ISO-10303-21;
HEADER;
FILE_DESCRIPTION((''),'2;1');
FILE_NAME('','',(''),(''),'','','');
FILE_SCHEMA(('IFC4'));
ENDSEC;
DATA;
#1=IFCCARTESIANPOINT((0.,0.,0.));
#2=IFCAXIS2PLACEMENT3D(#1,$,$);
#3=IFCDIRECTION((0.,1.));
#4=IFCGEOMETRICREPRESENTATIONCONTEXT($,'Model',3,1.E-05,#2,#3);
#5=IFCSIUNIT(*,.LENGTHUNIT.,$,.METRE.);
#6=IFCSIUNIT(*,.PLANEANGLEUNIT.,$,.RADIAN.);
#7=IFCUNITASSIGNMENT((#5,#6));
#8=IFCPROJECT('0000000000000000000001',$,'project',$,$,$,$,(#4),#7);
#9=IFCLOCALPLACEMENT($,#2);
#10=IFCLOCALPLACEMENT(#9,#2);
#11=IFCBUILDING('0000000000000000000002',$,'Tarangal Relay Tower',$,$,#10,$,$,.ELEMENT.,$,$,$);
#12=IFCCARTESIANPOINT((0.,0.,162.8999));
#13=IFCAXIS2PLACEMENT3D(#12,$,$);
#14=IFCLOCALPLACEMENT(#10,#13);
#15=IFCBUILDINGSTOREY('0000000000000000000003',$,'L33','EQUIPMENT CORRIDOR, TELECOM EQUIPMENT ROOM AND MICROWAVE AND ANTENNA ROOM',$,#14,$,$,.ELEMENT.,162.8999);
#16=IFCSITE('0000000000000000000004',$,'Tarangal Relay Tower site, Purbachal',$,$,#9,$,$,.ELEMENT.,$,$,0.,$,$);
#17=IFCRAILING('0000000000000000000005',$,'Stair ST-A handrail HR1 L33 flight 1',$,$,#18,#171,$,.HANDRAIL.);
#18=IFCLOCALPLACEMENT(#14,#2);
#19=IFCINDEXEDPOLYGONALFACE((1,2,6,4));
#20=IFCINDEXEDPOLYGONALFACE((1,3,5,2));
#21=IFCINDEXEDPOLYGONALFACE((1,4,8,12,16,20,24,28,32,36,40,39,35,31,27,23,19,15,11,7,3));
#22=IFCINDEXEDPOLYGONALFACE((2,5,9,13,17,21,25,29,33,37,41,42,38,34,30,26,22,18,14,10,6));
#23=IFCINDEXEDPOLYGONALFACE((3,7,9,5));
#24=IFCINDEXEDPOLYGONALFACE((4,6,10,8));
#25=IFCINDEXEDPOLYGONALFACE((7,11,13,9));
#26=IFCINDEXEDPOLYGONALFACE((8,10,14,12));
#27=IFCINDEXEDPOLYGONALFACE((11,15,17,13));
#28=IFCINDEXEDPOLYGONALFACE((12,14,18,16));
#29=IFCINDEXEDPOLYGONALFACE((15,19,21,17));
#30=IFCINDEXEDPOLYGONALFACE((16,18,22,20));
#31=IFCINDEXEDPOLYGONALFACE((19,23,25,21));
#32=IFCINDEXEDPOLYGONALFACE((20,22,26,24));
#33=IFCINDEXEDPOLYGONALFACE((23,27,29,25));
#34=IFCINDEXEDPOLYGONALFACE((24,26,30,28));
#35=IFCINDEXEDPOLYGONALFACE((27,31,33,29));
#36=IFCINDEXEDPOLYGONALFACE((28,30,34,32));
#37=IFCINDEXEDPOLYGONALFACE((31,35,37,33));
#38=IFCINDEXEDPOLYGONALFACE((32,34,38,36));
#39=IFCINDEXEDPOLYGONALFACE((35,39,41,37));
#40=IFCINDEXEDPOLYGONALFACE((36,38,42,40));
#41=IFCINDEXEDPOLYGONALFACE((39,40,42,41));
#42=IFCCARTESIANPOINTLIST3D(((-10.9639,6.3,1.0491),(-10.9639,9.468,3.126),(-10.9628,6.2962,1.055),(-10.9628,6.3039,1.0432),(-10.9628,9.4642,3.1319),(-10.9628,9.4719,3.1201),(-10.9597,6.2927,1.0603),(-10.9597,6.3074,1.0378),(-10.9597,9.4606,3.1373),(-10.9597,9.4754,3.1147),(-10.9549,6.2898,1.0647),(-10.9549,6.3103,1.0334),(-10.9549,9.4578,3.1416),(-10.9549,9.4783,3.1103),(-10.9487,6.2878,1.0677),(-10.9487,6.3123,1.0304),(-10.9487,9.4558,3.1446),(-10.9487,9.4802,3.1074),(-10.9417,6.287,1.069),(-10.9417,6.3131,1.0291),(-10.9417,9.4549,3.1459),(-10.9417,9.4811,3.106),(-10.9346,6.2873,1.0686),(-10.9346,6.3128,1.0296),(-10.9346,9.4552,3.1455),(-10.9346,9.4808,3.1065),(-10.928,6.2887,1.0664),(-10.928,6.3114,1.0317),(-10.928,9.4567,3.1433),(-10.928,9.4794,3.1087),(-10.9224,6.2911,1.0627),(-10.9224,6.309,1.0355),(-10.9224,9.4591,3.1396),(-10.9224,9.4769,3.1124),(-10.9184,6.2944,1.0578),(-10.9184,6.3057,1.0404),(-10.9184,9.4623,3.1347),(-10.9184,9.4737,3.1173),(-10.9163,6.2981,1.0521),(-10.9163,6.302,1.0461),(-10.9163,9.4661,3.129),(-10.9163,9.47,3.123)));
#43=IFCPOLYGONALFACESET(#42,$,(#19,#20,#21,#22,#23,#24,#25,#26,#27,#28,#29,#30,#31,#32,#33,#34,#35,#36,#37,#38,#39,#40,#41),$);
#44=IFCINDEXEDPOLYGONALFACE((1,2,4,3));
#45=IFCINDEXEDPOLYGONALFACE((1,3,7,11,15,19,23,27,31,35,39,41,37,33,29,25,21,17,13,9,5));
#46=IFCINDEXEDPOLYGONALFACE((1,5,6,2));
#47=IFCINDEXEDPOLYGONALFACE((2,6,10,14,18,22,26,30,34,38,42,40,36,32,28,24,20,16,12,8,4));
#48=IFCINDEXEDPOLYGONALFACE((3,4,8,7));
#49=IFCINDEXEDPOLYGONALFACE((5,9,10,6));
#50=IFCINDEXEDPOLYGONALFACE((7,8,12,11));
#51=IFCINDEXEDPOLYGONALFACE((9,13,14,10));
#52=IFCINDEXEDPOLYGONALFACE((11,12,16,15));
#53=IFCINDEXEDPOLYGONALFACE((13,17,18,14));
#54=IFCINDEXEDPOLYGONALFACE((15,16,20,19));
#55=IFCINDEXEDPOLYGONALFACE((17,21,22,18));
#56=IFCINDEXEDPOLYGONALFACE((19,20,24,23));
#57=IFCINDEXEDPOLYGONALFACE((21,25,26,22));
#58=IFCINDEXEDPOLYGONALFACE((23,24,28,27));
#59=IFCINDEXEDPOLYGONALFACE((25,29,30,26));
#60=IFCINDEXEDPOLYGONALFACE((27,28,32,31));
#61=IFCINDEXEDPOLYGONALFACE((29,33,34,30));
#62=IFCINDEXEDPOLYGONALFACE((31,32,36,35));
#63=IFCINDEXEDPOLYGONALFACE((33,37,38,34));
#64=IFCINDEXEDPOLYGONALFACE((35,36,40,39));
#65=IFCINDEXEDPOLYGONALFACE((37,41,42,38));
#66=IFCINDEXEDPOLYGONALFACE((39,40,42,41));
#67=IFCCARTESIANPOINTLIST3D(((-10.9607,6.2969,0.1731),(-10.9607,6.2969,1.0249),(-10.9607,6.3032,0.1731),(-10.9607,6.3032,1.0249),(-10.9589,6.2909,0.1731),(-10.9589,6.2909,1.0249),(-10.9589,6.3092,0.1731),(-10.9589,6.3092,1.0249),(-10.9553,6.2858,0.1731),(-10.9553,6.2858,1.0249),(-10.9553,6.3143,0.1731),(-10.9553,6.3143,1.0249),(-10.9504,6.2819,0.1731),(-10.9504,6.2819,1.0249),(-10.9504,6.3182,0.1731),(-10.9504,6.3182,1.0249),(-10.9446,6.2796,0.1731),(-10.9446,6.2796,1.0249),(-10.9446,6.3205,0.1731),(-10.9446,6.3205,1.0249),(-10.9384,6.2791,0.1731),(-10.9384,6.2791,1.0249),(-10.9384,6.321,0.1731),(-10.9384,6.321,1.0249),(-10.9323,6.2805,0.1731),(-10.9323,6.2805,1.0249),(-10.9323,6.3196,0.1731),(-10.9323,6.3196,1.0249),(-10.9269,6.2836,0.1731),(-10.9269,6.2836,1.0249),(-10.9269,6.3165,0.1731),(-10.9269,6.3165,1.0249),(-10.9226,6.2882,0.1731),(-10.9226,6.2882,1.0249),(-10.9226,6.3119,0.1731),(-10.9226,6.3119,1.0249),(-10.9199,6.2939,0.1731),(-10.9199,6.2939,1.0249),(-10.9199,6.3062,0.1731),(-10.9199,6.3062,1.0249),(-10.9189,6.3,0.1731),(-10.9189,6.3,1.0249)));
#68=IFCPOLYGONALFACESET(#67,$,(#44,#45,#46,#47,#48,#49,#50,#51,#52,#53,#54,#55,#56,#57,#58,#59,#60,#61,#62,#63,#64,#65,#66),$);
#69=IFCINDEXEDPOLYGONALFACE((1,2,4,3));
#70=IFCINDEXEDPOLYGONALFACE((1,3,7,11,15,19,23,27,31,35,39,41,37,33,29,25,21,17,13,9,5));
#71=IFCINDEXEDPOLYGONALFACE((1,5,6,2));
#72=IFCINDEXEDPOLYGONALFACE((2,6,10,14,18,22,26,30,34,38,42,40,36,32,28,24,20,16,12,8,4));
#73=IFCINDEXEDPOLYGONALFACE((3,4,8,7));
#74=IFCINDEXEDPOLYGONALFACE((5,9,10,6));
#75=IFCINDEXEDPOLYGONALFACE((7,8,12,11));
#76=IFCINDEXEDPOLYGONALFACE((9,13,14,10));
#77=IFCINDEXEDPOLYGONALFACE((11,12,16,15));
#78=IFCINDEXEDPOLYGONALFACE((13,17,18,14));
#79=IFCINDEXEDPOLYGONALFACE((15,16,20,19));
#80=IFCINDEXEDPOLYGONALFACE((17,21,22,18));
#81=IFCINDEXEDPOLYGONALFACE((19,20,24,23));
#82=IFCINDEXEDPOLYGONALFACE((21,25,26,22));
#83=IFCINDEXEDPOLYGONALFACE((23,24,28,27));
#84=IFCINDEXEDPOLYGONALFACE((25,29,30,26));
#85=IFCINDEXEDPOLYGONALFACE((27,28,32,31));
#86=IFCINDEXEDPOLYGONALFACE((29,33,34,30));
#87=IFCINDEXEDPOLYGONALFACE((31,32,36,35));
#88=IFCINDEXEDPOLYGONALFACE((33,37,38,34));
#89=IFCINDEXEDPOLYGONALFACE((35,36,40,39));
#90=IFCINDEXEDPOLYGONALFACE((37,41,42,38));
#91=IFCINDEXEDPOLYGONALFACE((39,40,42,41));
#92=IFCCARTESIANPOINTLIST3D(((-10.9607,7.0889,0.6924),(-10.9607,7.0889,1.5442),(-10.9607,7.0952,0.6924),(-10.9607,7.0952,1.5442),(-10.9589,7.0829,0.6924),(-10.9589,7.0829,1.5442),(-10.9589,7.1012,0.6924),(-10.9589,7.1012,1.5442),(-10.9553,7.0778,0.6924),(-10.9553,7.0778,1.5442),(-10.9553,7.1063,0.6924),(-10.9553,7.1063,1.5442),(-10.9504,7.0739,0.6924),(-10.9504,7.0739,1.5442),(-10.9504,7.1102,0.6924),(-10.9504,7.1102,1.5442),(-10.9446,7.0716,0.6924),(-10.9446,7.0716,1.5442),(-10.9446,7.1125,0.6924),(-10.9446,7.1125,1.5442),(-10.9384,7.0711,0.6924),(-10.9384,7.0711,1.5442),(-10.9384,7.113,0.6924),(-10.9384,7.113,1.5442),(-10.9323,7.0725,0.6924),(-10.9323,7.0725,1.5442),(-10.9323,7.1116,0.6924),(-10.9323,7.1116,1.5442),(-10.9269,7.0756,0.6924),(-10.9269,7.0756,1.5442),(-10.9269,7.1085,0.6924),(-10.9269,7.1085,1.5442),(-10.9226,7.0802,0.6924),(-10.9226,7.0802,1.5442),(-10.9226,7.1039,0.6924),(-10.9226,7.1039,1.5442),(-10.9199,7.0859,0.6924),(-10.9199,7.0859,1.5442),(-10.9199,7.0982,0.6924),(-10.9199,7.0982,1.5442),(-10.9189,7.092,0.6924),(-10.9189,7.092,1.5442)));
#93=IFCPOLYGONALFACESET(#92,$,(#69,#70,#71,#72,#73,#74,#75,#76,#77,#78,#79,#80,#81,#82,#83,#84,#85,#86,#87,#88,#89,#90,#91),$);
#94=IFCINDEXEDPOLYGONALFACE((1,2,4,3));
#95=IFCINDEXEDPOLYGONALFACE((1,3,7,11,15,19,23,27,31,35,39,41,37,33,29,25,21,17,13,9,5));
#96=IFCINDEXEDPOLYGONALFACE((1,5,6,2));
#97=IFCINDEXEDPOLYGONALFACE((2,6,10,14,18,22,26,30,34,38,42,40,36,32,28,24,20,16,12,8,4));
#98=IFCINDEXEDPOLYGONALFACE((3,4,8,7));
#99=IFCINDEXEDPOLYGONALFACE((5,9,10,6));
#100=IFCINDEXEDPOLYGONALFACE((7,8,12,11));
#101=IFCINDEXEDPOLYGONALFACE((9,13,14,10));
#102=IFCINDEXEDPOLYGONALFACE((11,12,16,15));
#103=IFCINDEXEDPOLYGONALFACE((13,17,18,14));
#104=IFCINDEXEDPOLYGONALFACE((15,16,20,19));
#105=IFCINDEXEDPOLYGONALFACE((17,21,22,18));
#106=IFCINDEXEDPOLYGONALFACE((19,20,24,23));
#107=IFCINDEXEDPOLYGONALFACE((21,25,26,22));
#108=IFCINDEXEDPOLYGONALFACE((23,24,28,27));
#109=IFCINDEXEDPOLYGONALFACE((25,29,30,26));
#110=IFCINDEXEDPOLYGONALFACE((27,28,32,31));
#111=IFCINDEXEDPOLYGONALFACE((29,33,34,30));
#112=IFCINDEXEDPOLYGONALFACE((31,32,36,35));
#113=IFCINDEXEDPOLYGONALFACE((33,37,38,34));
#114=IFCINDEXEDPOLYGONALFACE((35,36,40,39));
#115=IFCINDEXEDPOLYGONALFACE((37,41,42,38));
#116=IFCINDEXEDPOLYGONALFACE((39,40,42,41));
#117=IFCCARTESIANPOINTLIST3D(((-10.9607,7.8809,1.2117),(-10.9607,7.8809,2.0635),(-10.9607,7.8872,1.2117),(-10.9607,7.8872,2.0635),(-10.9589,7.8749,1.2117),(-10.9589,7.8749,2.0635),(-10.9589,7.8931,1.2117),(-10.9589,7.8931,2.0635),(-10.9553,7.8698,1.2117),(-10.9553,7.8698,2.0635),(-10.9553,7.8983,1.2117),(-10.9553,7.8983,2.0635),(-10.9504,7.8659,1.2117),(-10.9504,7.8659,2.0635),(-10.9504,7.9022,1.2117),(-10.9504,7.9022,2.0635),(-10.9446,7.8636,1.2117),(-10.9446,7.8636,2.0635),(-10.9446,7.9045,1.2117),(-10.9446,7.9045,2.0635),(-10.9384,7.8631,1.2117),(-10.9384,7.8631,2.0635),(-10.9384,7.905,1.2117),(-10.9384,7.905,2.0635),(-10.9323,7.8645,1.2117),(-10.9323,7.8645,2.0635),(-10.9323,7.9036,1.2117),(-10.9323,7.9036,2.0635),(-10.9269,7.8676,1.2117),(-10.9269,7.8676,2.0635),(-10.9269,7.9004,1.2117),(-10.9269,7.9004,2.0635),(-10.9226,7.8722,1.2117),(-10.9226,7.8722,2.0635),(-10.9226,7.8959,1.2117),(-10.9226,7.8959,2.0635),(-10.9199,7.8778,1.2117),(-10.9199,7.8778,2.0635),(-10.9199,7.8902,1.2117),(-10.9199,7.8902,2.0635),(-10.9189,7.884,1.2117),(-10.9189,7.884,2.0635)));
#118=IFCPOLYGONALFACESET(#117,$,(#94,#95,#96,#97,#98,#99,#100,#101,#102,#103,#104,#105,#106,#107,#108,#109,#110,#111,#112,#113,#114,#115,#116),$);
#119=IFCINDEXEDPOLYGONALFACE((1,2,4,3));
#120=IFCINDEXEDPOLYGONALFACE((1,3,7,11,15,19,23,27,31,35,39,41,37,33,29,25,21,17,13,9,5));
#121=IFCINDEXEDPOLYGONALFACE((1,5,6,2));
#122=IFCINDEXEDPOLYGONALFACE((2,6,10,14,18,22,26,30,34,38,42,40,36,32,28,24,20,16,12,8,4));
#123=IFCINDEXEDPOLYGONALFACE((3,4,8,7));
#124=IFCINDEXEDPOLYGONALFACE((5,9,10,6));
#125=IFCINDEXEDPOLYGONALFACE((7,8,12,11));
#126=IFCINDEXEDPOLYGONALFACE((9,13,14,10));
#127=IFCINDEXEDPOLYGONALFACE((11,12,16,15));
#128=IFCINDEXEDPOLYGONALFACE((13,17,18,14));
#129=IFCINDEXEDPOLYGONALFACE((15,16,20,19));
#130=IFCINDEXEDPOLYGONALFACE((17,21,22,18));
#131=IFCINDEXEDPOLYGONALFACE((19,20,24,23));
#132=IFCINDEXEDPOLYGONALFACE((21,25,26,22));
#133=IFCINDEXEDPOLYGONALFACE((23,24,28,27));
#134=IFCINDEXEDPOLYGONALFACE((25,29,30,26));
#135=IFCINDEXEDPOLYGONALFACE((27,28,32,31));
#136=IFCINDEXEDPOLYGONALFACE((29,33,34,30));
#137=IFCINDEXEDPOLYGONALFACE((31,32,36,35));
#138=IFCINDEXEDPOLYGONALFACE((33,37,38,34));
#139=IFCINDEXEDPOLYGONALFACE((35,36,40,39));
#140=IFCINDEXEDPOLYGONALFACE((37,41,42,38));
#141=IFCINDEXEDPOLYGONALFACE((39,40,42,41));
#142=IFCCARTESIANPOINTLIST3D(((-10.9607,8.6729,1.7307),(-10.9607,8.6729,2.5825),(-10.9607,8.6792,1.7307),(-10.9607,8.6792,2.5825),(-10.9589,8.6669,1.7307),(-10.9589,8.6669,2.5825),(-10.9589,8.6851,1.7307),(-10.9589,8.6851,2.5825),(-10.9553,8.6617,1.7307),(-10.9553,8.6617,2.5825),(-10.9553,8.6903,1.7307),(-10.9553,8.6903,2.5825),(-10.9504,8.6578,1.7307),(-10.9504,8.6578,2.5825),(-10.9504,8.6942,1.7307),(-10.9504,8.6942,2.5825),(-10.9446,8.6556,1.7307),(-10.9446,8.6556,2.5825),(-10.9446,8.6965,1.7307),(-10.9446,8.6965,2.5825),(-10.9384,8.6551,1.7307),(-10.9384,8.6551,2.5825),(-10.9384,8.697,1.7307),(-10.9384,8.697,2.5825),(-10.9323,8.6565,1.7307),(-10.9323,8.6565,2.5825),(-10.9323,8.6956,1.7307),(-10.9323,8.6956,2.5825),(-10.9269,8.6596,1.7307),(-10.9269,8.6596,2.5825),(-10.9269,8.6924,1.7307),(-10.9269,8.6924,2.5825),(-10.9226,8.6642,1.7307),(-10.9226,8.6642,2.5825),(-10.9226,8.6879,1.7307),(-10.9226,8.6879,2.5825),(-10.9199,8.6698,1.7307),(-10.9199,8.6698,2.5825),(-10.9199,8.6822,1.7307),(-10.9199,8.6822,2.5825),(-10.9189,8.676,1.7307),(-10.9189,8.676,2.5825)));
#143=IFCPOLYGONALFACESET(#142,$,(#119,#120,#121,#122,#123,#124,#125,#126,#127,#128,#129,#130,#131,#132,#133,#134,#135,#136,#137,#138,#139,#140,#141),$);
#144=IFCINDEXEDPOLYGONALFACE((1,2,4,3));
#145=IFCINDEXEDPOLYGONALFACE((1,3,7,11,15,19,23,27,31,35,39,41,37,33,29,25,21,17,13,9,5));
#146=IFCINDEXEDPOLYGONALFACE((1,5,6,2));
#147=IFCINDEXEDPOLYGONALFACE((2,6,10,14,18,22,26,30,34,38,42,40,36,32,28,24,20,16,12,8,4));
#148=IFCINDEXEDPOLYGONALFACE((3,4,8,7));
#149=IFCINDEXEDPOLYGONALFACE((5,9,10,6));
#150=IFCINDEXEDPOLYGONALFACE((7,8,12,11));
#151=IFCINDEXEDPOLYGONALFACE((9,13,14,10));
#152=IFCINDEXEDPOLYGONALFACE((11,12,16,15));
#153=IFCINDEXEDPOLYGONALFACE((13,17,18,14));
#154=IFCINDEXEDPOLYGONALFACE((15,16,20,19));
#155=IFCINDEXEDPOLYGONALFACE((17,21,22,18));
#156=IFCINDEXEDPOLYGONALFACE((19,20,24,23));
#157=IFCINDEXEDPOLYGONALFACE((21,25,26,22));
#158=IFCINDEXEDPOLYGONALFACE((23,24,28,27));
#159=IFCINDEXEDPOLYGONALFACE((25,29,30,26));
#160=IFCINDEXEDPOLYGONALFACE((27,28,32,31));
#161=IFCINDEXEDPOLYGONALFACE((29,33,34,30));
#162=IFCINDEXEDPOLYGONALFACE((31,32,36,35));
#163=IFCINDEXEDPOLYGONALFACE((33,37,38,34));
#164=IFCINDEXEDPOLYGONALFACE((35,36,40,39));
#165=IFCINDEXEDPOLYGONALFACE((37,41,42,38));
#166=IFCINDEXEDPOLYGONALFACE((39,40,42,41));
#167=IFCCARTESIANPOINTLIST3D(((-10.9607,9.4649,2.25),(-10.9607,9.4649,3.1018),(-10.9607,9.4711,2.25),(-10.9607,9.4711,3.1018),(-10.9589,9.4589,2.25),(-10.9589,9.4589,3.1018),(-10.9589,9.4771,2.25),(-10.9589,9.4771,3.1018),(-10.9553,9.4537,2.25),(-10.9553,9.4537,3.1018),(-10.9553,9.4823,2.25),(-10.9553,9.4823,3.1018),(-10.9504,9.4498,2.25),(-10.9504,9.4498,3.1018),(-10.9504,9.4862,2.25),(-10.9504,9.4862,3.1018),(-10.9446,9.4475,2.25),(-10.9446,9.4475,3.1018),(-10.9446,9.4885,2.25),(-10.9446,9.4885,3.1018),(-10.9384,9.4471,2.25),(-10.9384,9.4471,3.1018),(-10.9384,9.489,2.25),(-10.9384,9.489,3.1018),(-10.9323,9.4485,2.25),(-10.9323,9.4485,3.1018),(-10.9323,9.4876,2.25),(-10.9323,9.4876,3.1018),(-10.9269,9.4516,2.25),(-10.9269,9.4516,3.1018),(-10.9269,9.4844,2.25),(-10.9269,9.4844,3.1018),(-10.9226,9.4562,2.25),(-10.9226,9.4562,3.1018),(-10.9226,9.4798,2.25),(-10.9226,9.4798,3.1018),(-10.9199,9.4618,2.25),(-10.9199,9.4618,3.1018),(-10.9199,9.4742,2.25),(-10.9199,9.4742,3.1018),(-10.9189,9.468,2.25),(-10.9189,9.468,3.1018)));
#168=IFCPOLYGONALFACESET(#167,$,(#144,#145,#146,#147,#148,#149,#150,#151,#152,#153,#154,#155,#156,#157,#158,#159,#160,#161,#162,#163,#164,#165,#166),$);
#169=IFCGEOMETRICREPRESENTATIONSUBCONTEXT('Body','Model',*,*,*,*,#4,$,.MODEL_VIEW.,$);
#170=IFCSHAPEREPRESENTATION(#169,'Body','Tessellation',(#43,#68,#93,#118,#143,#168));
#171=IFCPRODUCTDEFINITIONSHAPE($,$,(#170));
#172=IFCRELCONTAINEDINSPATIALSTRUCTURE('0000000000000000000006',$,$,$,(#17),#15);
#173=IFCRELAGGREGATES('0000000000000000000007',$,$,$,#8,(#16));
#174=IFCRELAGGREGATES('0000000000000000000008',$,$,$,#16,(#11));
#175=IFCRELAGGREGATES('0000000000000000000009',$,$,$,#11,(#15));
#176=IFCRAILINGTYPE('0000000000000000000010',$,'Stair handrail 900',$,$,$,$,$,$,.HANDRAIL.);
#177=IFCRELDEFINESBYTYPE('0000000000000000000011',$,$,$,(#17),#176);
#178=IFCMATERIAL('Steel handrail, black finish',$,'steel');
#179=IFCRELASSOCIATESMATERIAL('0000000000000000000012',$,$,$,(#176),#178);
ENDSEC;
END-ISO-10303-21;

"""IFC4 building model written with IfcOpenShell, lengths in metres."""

from ifc_helpers import new_model, si_unit, direction, frame, origin, origin_2d, place, context, subcontext, project, spatial, circle, extrude, material, type_object, element, save


model = new_model("IFC4")

# Units and contexts
model_context = context("Model", 3, precision=1e-05, world=origin(), true_north=direction((0.0, 1.0)))
body_context = subcontext(model_context, "Body", "Model", "MODEL_VIEW")
ifc_project = project(units=[si_unit("LENGTHUNIT", "METRE"), si_unit("PLANEANGLEUNIT", "RADIAN")], contexts=[model_context])

# Site, building, storey
site_placement = place(None, origin())
site = spatial("IfcSite", under=ifc_project, at=site_placement, Name="Tarangal Relay Tower site, Purbachal", CompositionType="ELEMENT", RefElevation=0.0)
building_placement = place(site_placement, origin())
building = spatial("IfcBuilding", under=site, at=building_placement, Name="Tarangal Relay Tower", CompositionType="ELEMENT")
storey_placement = place(building_placement, frame((0.0, 0.0, 162.8999)))
storey = spatial("IfcBuildingStorey", under=building, at=storey_placement, Name="L33", Description="EQUIPMENT CORRIDOR, TELECOM EQUIPMENT ROOM AND MICROWAVE AND ANTENNA ROOM", CompositionType="ELEMENT", Elevation=162.8999)

# Railing
ifc_material_1 = material(Name="Steel handrail, black finish", Category="steel")
railing_type = type_object("IfcRailingType", Name="Stair handrail 900", PredefinedType="HANDRAIL", material=ifc_material_1)
railing_placement = place(storey_placement, frame((-10.9399, 6.3, 0.1731)))
element("IfcRailing", 1, at=railing_placement, inside=storey, type_object=railing_type, Name="Stair ST-A handrail HR1 L33 flight 1", PredefinedType="HANDRAIL", context=body_context, shape_type="SweptSolid", body=[
    extrude(circle(Radius=0.0239, at=origin_2d()), frame((0.0, 0.0, 0.876), z_axis=(0.0, 0.836299, 0.548273), x_axis=(-1.0, 0.0, 0.0)), (0.0, 0.0, 1.0), 3.7881),
    extrude(circle(Radius=0.021, at=origin_2d()), origin(), (0.0, 0.0, 1.0), 0.8518),
    extrude(circle(Radius=0.021, at=origin_2d()), frame((0.0, 0.792, 0.5193)), (0.0, 0.0, 1.0), 0.8518),
    extrude(circle(Radius=0.021, at=origin_2d()), frame((0.0, 1.584, 1.0386)), (0.0, 0.0, 1.0), 0.8518),
    extrude(circle(Radius=0.021, at=origin_2d()), frame((0.0, 2.376, 1.5576)), (0.0, 0.0, 1.0), 0.8518),
    extrude(circle(Radius=0.021, at=origin_2d()), frame((0.0, 3.168, 2.0769)), (0.0, 0.0, 1.0), 0.8518),
])

save(model, "model.ifc")
